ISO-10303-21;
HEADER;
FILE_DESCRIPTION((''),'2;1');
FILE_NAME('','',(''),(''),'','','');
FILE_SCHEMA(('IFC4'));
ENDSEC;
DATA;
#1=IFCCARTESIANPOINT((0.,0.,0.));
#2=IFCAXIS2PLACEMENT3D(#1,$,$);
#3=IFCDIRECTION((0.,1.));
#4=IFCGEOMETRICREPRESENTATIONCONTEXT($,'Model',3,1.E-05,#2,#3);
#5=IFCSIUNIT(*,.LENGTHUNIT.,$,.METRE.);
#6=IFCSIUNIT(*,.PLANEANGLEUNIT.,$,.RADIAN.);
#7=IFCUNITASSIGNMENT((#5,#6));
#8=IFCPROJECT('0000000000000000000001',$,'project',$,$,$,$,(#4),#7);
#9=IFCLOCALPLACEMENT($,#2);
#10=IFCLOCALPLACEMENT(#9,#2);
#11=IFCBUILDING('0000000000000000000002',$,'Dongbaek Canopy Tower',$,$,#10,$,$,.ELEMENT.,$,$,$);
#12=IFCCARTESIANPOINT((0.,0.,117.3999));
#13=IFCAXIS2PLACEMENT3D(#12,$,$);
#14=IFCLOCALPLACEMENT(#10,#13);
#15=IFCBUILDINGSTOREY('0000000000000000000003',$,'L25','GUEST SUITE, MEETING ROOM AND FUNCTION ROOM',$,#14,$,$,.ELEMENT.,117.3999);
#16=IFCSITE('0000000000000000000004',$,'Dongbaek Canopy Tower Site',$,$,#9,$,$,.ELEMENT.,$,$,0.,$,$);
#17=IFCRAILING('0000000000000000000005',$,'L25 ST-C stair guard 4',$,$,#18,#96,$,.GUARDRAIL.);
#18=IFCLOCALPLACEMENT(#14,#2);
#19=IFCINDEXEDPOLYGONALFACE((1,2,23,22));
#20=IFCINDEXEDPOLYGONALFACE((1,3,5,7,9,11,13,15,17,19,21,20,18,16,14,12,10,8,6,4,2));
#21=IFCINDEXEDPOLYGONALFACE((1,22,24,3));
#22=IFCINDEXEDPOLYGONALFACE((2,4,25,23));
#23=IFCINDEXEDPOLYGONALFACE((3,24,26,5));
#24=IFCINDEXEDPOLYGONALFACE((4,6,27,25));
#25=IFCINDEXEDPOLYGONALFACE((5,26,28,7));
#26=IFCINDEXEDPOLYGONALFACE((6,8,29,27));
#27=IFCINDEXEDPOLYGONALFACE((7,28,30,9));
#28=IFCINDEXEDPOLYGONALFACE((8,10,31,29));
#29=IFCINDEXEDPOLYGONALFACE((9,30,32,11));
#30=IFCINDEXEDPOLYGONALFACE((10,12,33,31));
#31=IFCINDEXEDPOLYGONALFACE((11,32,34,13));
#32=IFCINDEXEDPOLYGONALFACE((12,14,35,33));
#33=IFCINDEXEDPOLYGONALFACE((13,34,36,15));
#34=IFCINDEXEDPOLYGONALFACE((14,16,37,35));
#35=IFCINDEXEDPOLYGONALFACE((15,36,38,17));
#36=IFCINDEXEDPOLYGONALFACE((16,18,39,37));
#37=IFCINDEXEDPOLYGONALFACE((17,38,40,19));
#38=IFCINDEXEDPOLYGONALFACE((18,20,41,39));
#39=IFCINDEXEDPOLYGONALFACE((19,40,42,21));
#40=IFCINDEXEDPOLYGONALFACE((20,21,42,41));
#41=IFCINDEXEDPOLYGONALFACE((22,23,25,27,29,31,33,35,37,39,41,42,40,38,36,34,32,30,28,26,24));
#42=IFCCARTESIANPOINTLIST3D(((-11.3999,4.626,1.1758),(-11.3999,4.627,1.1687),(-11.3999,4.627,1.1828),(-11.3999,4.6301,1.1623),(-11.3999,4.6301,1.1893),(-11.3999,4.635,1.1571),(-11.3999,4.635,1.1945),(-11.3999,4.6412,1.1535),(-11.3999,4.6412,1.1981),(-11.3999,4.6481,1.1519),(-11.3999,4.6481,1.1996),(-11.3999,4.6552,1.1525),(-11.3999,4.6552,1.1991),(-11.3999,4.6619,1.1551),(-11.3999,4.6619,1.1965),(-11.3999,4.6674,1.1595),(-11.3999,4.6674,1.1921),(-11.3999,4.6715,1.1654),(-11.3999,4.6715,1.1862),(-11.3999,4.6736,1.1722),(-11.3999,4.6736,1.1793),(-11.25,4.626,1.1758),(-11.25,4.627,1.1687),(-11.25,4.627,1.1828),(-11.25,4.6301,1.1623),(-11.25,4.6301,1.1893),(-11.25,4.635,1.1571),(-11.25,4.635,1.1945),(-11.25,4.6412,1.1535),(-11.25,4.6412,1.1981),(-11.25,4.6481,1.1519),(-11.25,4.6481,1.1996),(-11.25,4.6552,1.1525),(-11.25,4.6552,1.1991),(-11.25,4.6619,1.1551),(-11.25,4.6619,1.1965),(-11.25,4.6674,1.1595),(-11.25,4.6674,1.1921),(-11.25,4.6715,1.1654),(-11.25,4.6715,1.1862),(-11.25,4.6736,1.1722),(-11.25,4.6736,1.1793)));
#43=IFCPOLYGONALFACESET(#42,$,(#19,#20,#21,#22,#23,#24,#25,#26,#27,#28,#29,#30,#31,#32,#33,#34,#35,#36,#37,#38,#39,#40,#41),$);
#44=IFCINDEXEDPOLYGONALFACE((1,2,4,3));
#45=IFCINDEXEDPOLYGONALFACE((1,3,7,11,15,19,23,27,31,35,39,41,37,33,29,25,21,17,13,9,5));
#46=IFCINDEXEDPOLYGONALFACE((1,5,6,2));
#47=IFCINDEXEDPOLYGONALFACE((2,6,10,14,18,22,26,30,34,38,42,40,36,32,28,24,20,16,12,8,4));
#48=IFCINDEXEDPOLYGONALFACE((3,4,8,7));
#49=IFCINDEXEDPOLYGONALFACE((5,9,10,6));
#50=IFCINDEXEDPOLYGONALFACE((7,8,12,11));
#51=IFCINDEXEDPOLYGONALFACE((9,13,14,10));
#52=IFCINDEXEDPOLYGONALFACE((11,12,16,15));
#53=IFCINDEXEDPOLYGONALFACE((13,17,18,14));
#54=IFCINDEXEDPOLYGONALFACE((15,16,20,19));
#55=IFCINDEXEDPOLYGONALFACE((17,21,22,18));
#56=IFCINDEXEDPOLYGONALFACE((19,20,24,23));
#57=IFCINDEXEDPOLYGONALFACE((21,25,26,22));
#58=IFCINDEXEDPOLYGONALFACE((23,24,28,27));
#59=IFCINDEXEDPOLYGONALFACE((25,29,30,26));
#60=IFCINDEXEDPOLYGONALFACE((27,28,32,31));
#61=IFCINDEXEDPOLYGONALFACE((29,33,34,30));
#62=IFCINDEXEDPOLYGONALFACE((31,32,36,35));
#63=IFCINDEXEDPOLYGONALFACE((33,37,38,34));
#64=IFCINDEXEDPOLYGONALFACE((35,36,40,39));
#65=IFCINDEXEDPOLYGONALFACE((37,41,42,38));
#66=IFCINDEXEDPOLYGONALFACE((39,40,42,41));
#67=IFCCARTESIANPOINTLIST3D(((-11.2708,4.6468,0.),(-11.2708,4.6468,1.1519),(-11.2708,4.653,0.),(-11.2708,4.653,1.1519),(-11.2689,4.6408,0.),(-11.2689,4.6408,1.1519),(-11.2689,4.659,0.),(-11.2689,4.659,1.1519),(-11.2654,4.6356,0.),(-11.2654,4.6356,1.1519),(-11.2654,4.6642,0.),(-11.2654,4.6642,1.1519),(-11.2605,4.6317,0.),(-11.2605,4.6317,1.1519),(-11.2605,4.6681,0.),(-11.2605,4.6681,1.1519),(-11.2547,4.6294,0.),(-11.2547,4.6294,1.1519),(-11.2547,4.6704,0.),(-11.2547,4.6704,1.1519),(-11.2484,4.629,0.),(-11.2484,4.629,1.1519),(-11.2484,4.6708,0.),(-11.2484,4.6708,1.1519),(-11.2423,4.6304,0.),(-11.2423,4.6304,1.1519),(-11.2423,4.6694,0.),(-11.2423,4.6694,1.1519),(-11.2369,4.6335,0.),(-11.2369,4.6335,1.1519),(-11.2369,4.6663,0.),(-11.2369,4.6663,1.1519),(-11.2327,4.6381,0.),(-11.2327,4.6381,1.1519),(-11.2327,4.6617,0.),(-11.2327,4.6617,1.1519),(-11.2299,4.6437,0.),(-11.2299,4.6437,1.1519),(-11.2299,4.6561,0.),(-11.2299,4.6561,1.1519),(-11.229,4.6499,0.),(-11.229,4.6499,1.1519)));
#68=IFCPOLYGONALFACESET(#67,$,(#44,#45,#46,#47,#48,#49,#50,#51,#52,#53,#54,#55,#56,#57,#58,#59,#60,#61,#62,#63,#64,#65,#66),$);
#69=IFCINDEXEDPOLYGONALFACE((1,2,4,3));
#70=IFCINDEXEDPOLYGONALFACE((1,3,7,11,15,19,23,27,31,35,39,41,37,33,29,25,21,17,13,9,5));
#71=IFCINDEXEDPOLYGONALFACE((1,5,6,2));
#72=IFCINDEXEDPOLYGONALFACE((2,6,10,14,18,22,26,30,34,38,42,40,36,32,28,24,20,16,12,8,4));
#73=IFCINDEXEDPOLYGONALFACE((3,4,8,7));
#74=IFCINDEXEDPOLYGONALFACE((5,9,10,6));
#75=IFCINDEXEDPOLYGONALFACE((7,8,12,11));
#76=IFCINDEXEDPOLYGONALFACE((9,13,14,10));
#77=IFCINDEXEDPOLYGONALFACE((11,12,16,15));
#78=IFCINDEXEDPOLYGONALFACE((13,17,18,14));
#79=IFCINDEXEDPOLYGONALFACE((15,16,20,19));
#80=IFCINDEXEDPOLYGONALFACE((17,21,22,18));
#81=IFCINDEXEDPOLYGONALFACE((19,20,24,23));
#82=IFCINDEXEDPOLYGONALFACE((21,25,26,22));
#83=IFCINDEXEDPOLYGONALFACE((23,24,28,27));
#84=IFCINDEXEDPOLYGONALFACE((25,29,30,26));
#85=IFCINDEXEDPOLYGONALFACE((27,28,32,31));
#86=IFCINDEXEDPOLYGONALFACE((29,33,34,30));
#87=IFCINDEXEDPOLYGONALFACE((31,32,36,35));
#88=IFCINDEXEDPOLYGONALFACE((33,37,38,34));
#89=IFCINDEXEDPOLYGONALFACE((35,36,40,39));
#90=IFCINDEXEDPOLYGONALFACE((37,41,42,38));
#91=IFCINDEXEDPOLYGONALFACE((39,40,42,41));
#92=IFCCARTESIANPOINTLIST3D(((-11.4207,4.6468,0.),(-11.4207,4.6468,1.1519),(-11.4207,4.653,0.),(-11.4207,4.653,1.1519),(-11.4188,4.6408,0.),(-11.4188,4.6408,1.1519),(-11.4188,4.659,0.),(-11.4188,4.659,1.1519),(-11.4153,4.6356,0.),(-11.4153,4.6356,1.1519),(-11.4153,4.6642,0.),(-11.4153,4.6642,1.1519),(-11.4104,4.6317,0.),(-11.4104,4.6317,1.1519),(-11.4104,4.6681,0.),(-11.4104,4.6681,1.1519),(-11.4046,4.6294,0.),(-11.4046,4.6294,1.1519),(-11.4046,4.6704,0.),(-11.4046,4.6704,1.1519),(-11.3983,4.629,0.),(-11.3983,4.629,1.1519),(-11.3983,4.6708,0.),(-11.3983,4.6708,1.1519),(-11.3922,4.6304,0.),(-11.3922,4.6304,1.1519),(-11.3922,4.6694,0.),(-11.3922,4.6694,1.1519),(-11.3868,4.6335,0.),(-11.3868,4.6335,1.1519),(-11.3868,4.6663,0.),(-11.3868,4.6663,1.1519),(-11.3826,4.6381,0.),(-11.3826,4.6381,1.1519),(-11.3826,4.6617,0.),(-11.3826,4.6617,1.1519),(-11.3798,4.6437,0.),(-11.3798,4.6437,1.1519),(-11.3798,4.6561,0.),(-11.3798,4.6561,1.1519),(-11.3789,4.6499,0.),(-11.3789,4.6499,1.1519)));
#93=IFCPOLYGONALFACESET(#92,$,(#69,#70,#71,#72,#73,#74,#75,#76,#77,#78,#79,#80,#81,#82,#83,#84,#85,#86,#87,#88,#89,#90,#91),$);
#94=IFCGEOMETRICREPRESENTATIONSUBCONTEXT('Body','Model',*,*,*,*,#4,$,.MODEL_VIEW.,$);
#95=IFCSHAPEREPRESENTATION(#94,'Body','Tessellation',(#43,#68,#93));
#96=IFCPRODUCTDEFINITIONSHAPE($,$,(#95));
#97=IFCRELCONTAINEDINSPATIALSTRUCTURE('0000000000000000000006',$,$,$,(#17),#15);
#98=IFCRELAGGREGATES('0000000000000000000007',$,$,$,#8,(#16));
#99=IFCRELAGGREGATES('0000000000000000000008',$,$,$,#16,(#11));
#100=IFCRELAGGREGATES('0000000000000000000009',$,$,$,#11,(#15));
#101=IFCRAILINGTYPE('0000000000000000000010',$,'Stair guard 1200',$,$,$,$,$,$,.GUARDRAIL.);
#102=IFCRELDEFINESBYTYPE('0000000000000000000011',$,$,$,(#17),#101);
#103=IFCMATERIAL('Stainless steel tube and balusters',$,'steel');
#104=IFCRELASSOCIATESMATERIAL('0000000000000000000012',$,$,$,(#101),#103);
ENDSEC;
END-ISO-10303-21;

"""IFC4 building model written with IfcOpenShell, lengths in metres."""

from ifc_helpers import new_model, si_unit, direction, frame, origin, origin_2d, place, context, subcontext, project, spatial, circle, extrude, material, type_object, element, save


model = new_model("IFC4")

# Units and contexts
model_context = context("Model", 3, precision=1e-05, world=origin(), true_north=direction((0.0, 1.0)))
body_context = subcontext(model_context, "Body", "Model", "MODEL_VIEW")
ifc_project = project(units=[si_unit("LENGTHUNIT", "METRE"), si_unit("PLANEANGLEUNIT", "RADIAN")], contexts=[model_context])

# Site, building, storey
site_placement = place(None, origin())
site = spatial("IfcSite", under=ifc_project, at=site_placement, Name="Dongbaek Canopy Tower Site", CompositionType="ELEMENT", RefElevation=0.0)
building_placement = place(site_placement, origin())
building = spatial("IfcBuilding", under=site, at=building_placement, Name="Dongbaek Canopy Tower", CompositionType="ELEMENT")
storey_placement = place(building_placement, frame((0.0, 0.0, 117.3999)))
storey = spatial("IfcBuildingStorey", under=building, at=storey_placement, Name="L25", Description="GUEST SUITE, MEETING ROOM AND FUNCTION ROOM", CompositionType="ELEMENT", Elevation=117.3999)

# Railing
ifc_material_1 = material(Name="Stainless steel tube and balusters", Category="steel")
railing_type_1 = type_object("IfcRailingType", Name="Stair guard 1200", PredefinedType="GUARDRAIL", material=ifc_material_1)
railing_1_placement = place(storey_placement, frame((-11.25, 4.6499, 0.0)))
element("IfcRailing", 1, at=railing_1_placement, inside=storey, type_object=railing_type_1, Name="L25 ST-C stair guard 4", PredefinedType="GUARDRAIL", context=body_context, shape_type="SweptSolid", body=[
    extrude(circle(Radius=0.0239, at=origin_2d()), frame((0.0, 0.0, 1.1758), z_axis=(-1.0, 0.0, 0.0), x_axis=(0.0, -1.0, 0.0)), (0.0, 0.0, 1.0), 0.1499),
    extrude(circle(Radius=0.021, at=origin_2d()), origin(), (0.0, 0.0, 1.0), 1.1519),
    extrude(circle(Radius=0.021, at=origin_2d()), frame((-0.1499, 0.0, 0.0)), (0.0, 0.0, 1.0), 1.1519),
])

save(model, "model.ifc")
